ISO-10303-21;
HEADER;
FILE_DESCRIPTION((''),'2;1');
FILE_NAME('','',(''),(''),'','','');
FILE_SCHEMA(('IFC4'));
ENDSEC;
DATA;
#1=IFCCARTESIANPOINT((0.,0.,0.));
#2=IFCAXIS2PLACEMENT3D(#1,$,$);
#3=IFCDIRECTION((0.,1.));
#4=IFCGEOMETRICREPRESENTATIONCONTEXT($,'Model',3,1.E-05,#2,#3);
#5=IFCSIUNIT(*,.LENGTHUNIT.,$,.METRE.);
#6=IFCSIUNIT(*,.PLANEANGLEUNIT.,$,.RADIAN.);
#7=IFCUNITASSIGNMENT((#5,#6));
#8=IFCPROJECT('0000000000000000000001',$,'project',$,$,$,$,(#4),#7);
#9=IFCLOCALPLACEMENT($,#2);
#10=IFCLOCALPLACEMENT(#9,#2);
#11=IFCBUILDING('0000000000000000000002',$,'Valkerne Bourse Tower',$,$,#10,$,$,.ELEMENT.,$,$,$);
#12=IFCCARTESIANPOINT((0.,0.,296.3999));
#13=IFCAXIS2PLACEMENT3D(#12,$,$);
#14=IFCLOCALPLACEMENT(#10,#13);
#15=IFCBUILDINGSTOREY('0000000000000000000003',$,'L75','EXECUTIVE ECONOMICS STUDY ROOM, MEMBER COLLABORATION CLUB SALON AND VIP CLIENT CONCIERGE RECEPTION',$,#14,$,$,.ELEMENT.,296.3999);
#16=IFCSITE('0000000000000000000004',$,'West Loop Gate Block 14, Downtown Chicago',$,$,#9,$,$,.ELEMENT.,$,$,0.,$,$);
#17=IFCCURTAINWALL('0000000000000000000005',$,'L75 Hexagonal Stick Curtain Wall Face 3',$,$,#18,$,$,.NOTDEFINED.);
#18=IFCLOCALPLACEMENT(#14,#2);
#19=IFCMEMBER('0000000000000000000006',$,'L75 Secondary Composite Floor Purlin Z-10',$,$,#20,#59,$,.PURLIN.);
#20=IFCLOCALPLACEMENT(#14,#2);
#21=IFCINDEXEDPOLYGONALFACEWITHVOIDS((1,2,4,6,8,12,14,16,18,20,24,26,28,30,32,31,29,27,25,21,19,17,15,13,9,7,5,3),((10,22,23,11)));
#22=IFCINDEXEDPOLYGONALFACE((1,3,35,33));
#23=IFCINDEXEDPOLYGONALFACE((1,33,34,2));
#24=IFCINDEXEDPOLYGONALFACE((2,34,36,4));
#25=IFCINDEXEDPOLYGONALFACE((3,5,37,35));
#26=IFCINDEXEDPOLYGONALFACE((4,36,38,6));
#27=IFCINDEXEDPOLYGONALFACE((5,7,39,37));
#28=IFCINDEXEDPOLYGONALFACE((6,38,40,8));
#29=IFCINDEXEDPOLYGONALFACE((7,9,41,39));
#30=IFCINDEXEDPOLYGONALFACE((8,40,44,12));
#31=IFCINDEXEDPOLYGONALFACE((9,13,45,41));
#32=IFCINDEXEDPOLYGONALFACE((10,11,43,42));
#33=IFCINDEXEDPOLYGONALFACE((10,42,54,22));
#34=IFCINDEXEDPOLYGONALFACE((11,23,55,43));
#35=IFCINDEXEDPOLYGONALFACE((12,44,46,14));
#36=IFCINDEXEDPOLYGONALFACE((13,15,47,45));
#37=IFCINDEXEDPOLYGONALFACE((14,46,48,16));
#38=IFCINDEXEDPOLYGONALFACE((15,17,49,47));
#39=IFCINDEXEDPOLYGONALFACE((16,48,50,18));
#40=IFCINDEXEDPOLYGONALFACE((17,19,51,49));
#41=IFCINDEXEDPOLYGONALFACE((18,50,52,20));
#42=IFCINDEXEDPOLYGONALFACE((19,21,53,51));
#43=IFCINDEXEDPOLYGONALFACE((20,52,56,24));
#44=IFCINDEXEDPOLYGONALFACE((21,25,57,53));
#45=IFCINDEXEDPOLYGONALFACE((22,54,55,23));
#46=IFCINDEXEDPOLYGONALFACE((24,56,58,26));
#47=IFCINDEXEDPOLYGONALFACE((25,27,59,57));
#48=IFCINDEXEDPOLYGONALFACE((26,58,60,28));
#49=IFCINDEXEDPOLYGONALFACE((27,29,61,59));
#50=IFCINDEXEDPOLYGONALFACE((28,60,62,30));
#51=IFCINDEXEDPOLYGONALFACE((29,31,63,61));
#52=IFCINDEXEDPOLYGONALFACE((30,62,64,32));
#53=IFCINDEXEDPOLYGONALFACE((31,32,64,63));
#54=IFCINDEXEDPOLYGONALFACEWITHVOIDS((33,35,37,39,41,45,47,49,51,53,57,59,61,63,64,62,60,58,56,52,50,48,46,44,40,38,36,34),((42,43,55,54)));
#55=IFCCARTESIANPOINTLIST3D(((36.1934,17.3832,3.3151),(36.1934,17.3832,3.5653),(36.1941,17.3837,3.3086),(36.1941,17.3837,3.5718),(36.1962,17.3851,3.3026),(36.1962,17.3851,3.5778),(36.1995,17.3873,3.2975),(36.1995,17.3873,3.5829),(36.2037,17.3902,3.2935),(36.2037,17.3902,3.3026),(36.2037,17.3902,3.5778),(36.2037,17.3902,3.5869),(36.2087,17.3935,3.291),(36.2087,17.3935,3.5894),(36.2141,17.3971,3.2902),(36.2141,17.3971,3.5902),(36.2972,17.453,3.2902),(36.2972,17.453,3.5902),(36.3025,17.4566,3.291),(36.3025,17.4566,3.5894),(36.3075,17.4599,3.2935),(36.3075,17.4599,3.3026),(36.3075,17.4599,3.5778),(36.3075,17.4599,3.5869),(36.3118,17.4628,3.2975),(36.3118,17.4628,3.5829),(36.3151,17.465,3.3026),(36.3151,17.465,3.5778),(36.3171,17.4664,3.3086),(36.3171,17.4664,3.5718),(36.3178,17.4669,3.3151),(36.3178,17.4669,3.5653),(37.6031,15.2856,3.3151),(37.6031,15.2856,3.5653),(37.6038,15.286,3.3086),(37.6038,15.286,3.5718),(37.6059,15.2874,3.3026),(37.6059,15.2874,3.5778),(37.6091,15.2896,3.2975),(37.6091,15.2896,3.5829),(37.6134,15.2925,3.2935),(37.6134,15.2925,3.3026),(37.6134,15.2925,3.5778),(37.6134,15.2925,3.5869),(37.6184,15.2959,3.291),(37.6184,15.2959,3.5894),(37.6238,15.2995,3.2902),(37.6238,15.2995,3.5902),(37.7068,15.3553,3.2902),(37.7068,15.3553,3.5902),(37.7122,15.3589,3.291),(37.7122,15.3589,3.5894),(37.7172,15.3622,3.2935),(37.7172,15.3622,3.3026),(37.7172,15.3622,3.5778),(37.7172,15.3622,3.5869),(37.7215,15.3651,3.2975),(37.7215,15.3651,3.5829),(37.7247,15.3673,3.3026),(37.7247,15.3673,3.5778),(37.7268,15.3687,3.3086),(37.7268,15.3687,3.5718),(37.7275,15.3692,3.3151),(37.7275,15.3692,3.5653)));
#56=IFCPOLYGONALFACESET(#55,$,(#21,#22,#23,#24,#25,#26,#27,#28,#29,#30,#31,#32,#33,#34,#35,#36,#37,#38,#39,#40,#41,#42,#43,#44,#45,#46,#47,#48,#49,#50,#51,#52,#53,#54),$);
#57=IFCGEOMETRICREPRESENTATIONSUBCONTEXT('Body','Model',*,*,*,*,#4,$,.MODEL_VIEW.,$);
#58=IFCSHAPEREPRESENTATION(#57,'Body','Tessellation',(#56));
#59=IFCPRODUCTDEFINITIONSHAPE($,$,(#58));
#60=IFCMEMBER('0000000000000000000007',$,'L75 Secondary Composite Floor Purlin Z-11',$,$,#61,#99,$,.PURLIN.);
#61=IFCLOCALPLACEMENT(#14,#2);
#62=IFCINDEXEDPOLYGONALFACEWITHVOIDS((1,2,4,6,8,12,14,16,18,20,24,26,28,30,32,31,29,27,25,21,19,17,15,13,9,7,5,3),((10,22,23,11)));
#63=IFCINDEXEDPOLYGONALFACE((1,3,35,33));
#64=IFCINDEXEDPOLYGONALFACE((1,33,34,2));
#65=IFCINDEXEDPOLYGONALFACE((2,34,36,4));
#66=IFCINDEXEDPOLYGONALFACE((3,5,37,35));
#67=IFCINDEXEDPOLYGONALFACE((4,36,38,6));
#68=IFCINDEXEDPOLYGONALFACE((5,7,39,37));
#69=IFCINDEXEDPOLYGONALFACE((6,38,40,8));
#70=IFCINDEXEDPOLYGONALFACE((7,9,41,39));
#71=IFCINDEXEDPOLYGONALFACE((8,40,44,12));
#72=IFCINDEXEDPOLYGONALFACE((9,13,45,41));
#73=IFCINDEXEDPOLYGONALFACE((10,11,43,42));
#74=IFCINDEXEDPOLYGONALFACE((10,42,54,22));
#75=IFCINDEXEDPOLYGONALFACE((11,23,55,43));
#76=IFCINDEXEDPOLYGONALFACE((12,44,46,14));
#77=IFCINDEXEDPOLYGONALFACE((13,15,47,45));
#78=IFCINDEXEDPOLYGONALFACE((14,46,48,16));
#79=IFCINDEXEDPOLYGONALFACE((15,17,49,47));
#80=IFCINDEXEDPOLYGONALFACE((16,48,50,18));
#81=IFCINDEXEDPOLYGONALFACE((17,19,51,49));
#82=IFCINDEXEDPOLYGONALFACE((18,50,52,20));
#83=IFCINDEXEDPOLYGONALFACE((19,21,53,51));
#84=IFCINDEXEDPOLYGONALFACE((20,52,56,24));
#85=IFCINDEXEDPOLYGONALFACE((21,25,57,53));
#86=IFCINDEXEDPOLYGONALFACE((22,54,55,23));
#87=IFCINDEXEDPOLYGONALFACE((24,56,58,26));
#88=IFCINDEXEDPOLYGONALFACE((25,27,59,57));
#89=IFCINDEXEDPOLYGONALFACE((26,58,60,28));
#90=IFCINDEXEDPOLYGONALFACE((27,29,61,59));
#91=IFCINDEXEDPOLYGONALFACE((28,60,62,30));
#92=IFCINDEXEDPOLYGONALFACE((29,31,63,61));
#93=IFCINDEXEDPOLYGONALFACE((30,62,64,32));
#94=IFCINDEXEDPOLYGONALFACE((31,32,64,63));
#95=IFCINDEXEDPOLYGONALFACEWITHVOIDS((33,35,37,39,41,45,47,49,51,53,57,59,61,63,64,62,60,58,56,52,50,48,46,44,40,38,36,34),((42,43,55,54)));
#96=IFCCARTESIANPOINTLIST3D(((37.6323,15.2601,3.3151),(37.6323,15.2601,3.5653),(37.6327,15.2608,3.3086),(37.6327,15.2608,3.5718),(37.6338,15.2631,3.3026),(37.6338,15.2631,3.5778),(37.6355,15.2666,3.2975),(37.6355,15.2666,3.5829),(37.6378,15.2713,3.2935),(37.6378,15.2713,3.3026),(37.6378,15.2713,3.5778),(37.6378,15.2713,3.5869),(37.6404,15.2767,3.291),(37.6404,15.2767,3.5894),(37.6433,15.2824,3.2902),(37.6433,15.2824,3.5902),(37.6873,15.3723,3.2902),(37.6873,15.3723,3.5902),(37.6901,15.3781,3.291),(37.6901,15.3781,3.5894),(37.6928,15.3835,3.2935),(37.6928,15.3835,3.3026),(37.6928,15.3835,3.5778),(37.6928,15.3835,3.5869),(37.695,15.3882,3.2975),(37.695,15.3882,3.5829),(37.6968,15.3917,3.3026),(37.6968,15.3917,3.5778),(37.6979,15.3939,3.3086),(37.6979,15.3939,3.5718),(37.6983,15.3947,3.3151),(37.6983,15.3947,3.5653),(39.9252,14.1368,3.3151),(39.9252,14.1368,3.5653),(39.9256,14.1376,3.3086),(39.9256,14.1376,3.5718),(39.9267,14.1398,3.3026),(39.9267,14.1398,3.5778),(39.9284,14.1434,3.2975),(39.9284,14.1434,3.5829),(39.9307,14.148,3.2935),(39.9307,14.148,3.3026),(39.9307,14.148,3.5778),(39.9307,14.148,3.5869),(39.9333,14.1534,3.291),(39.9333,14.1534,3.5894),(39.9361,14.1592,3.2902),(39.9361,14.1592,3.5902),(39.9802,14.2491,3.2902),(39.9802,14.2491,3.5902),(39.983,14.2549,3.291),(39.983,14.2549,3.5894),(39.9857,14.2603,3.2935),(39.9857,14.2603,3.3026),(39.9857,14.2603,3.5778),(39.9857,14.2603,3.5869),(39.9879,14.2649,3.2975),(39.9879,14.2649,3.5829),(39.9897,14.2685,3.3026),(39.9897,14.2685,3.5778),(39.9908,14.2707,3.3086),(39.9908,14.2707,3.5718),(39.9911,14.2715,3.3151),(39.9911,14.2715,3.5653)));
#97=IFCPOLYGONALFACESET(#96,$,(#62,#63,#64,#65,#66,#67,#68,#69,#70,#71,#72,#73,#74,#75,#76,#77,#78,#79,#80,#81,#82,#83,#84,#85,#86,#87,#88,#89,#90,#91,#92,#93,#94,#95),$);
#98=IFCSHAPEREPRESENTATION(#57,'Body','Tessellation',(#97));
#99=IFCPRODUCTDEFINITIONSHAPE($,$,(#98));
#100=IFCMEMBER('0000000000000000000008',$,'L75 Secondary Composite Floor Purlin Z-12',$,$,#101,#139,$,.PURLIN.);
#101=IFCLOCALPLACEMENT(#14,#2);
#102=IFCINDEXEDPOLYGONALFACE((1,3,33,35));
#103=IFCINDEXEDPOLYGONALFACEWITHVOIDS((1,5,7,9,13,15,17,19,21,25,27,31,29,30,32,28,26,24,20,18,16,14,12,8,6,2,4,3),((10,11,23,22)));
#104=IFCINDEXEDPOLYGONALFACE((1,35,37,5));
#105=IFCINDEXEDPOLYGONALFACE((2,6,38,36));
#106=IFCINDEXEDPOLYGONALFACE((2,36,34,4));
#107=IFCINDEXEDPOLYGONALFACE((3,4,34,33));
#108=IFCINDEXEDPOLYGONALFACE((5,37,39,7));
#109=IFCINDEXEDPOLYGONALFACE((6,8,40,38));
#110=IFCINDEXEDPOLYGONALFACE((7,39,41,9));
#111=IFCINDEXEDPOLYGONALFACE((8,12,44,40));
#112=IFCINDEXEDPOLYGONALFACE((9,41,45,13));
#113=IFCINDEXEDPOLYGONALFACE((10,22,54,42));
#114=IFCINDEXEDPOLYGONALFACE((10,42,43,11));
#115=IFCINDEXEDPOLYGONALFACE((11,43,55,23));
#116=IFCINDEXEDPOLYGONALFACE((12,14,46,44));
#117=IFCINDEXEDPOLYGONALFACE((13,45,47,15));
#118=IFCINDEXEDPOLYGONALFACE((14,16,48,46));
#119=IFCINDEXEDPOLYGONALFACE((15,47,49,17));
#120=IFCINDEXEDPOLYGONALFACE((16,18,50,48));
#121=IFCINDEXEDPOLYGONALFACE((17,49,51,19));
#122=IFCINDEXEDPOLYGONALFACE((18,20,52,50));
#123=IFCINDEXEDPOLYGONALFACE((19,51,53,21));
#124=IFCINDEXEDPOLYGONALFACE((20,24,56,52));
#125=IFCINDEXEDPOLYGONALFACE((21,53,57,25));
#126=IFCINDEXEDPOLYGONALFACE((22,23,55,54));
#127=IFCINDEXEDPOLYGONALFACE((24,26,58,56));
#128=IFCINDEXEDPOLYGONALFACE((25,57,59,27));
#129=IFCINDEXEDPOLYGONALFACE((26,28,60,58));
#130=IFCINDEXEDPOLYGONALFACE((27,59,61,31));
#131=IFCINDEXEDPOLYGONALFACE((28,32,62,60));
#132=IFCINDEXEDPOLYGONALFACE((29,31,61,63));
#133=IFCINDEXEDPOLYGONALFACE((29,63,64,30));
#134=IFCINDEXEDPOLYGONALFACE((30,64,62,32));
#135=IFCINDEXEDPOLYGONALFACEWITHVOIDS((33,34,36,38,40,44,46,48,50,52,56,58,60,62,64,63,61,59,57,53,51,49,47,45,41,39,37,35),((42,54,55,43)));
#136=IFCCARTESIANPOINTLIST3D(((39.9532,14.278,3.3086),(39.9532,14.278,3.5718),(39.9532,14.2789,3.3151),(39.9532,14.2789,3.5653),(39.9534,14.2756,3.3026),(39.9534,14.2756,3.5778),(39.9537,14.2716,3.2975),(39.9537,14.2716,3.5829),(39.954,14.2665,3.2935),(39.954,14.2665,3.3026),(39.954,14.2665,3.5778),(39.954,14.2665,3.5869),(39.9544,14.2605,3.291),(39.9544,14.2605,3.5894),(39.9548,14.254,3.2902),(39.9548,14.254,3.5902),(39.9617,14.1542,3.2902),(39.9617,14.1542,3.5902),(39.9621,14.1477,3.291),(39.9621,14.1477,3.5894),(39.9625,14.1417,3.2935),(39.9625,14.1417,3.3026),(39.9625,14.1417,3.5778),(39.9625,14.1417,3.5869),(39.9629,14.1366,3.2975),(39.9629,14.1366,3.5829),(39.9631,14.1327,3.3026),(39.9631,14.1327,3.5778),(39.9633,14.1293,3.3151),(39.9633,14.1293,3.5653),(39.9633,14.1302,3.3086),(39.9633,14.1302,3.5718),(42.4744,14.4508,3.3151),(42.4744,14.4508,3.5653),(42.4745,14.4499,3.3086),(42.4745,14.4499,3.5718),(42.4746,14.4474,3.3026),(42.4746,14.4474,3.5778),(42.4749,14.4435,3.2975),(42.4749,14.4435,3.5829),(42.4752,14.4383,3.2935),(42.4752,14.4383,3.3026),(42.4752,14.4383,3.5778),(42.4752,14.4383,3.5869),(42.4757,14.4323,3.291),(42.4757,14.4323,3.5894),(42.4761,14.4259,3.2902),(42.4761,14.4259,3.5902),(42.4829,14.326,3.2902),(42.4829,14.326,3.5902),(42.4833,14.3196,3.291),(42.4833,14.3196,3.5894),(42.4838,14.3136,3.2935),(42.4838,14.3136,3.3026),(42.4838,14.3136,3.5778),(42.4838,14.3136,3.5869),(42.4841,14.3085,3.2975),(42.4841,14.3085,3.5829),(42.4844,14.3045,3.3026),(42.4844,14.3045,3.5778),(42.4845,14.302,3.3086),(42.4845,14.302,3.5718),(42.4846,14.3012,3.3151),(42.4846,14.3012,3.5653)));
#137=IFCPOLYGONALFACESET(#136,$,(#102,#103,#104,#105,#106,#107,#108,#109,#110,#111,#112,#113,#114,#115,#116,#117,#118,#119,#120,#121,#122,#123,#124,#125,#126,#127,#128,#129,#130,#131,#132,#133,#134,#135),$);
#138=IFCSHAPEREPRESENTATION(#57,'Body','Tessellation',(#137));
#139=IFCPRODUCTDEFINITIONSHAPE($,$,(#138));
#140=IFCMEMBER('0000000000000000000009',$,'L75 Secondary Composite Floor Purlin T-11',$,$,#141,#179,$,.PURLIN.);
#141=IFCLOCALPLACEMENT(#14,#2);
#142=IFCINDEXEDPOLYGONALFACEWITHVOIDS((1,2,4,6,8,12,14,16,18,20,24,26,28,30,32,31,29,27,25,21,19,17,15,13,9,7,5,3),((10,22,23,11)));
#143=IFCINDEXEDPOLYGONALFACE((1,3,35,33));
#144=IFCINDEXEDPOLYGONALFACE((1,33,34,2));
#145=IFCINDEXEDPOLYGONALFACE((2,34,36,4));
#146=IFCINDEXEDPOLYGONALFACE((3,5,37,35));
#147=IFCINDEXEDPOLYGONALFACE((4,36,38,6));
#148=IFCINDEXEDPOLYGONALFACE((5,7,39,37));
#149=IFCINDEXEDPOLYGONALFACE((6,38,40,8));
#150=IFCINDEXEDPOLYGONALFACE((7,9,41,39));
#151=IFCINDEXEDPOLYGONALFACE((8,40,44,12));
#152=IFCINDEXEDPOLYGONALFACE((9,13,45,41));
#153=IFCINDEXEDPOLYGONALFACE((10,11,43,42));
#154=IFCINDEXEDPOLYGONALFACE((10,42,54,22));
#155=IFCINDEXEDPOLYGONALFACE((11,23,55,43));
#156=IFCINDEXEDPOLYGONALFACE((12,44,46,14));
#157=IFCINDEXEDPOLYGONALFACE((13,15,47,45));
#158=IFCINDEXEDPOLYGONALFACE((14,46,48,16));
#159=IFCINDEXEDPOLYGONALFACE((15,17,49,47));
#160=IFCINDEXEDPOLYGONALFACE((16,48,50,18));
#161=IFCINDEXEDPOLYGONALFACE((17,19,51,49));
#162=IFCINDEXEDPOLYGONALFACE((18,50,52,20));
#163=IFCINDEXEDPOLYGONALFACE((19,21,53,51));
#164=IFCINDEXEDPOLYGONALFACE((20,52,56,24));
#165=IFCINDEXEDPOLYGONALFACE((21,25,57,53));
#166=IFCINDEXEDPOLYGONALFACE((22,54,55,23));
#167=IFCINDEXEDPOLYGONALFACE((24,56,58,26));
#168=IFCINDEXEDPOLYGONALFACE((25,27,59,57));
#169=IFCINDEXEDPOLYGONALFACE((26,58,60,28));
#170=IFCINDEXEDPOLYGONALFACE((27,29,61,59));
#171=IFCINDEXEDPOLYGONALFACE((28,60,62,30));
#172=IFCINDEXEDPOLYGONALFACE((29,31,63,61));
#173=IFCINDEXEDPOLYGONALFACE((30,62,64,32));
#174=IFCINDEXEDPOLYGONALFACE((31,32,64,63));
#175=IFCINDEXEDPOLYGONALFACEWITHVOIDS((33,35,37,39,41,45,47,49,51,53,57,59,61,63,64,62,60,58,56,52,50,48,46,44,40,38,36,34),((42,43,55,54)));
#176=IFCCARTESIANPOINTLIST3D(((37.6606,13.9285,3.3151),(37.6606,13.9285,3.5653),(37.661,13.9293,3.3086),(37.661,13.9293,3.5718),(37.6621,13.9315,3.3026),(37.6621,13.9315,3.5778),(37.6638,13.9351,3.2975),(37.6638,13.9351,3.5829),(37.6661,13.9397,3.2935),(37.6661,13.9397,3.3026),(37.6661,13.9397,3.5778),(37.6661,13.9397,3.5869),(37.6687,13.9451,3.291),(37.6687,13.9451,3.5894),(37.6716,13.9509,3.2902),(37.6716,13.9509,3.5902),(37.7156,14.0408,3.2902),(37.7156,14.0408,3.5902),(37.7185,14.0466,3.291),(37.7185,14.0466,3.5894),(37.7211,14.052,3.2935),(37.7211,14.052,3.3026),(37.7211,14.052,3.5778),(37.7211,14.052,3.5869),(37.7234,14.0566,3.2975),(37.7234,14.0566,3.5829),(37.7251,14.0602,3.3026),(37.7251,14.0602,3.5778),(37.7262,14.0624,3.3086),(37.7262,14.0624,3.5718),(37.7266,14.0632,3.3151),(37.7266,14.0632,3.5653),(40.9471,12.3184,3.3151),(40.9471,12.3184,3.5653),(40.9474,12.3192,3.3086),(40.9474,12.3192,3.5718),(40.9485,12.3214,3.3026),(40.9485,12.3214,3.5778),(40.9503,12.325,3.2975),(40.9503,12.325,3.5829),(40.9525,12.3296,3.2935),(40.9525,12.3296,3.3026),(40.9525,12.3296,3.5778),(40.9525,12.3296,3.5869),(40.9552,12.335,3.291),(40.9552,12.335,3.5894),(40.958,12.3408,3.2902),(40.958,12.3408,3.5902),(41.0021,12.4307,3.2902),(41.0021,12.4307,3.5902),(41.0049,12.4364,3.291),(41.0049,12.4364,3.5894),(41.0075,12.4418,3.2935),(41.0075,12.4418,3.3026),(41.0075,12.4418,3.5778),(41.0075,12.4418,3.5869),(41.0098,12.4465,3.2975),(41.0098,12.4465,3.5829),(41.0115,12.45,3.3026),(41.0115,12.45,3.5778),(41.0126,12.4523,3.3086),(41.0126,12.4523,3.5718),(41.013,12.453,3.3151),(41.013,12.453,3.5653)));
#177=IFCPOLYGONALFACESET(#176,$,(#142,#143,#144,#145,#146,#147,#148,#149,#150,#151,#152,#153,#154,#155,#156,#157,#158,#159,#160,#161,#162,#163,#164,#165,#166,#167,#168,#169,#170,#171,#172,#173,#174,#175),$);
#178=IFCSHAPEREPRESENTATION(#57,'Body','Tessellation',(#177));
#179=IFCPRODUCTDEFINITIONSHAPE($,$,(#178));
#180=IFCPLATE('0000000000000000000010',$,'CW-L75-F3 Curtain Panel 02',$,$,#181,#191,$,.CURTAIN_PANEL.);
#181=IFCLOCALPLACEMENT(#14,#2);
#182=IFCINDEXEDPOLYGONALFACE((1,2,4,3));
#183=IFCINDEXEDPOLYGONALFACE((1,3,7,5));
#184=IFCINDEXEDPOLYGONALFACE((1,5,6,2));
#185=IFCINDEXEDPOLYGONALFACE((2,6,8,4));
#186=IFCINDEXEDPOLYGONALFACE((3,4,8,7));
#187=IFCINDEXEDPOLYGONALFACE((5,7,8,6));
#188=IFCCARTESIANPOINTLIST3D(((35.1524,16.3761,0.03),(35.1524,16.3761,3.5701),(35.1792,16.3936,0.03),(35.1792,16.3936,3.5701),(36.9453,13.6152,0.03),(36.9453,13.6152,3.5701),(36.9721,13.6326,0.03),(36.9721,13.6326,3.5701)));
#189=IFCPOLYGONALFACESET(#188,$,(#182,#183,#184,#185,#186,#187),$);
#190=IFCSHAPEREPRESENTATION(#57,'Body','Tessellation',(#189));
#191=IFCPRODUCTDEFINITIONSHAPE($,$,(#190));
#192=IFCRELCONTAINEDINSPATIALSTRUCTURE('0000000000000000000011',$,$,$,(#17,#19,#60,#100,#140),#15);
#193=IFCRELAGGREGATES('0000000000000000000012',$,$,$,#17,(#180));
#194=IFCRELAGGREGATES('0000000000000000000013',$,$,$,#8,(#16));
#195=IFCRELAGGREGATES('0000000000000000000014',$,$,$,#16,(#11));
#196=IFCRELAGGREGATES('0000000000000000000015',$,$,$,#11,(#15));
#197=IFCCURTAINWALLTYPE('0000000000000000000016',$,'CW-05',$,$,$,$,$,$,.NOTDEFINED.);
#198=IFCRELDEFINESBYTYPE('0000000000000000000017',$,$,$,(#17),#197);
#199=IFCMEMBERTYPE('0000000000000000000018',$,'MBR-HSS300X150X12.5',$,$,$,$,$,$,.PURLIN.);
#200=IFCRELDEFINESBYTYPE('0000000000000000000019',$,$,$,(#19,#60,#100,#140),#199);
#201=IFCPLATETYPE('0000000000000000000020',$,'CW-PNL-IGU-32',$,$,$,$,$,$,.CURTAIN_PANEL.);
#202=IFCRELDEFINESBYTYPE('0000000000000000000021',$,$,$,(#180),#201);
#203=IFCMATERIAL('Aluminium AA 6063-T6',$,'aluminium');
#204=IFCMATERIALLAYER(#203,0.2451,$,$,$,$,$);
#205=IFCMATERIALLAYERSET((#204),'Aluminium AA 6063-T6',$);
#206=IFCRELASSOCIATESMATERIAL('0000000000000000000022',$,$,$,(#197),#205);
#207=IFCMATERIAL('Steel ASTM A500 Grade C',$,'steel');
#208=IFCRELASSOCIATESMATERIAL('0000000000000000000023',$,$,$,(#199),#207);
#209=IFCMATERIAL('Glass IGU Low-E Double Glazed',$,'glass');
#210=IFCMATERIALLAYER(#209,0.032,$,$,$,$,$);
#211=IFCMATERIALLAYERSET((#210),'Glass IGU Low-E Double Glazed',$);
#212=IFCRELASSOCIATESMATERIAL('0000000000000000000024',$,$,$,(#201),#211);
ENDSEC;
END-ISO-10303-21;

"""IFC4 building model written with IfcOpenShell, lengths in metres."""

from ifc_helpers import new_model, si_unit, direction, frame, origin, origin_2d, place, context, subcontext, project, spatial, rectangle, hollow_rectangle, extrude, material, layer, layer_set, material_profile, profile_set, type_object, element, aggregate, save


model = new_model("IFC4")

# Units and contexts
model_context = context("Model", 3, precision=1e-05, world=origin(), true_north=direction((0.0, 1.0)))
body_context = subcontext(model_context, "Body", "Model", "MODEL_VIEW")
ifc_project = project(units=[si_unit("LENGTHUNIT", "METRE"), si_unit("PLANEANGLEUNIT", "RADIAN")], contexts=[model_context])

# Site, building, storey
site_placement = place(None, origin())
site = spatial("IfcSite", under=ifc_project, at=site_placement, Name="West Loop Gate Block 14, Downtown Chicago", CompositionType="ELEMENT", RefElevation=0.0)
building_placement = place(site_placement, origin())
building = spatial("IfcBuilding", under=site, at=building_placement, Name="Valkerne Bourse Tower", CompositionType="ELEMENT")
storey_placement = place(building_placement, frame((0.0, 0.0, 296.3999)))
storey = spatial("IfcBuildingStorey", under=building, at=storey_placement, Name="L75", Description="EXECUTIVE ECONOMICS STUDY ROOM, MEMBER COLLABORATION CLUB SALON AND VIP CLIENT CONCIERGE RECEPTION", CompositionType="ELEMENT", Elevation=296.3999)

# Curtain wall
ifc_material_1 = material(Name="Aluminium AA 6063-T6", Category="aluminium")
ifc_layer_1 = layer(ifc_material_1, 0.2451)
ifc_layer_set_1 = layer_set([ifc_layer_1], Name="Aluminium AA 6063-T6")
curtain_wall_type = type_object("IfcCurtainWallType", Name="CW-05", PredefinedType="NOTDEFINED", material=ifc_layer_set_1)
curtain_wall_placement = place(storey_placement, origin())
curtain_wall = element("IfcCurtainWall", 1, at=curtain_wall_placement, inside=storey, type_object=curtain_wall_type, Name="L75 Hexagonal Stick Curtain Wall Face 3", PredefinedType="NOTDEFINED")

# Members
ifc_material_2 = material(Name="Steel ASTM A500 Grade C", Category="steel")
ifc_material_profile_1 = material_profile(ifc_material_2, hollow_rectangle(XDim=0.1499, YDim=0.3, WallThickness=0.0125, OuterFilletRadius=0.0249, at=origin_2d()), Name="HSS300X150X12.5")
ifc_profile_set_1 = profile_set([ifc_material_profile_1], Name="Steel ASTM A500 Grade C")
member_type_1 = type_object("IfcMemberType", Name="MBR-HSS300X150X12.5", PredefinedType="PURLIN", material=ifc_profile_set_1)
member_1_placement = place(storey_placement, frame((36.2556, 17.425, 3.4402), z_axis=(0.557773, -0.829994, 0.0), x_axis=(0.829994, 0.557773, 0.0)))
element("IfcMember", 2, at=member_1_placement, inside=storey, type_object=member_type_1, Name="L75 Secondary Composite Floor Purlin Z-10", PredefinedType="PURLIN", context=body_context, shape_type="SweptSolid", body=[
    extrude(hollow_rectangle(XDim=0.1499, YDim=0.3, WallThickness=0.0125, OuterFilletRadius=0.0249, at=origin_2d()), origin(), (0.0, 0.0, 1.0), 2.5273),
])
member_2_placement = place(storey_placement, frame((37.6653, 15.3274, 3.4402), z_axis=(0.898031, -0.439932, 0.0), x_axis=(0.439932, 0.898031, 0.0)))
element("IfcMember", 3, at=member_2_placement, inside=storey, type_object=member_type_1, Name="L75 Secondary Composite Floor Purlin Z-11", PredefinedType="PURLIN", context=body_context, shape_type="SweptSolid", body=[
    extrude(hollow_rectangle(XDim=0.1499, YDim=0.3, WallThickness=0.0125, OuterFilletRadius=0.0249, at=origin_2d()), origin(), (0.0, 0.0, 1.0), 2.5532),
])
member_3_placement = place(storey_placement, frame((39.9583, 14.2041, 3.4402), z_axis=(0.997684, 0.068013, 0.0), x_axis=(-0.068013, 0.997684, 0.0)))
element("IfcMember", 4, at=member_3_placement, inside=storey, type_object=member_type_1, Name="L75 Secondary Composite Floor Purlin Z-12", PredefinedType="PURLIN", context=body_context, shape_type="SweptSolid", body=[
    extrude(hollow_rectangle(XDim=0.1499, YDim=0.3, WallThickness=0.0125, OuterFilletRadius=0.0249, at=origin_2d()), origin(), (0.0, 0.0, 1.0), 2.5271),
])
member_4_placement = place(storey_placement, frame((37.6936, 13.9958, 3.4402), z_axis=(0.898014, -0.439967, 0.0), x_axis=(0.439967, 0.898014, 0.0)))
element("IfcMember", 5, at=member_4_placement, inside=storey, type_object=member_type_1, Name="L75 Secondary Composite Floor Purlin T-11", PredefinedType="PURLIN", context=body_context, shape_type="SweptSolid", body=[
    extrude(hollow_rectangle(XDim=0.1499, YDim=0.3, WallThickness=0.0125, OuterFilletRadius=0.0249, at=origin_2d()), origin(), (0.0, 0.0, 1.0), 3.6597),
])

# Plate
ifc_material_3 = material(Name="Glass IGU Low-E Double Glazed", Category="glass")
ifc_layer_2 = layer(ifc_material_3, 0.032)
ifc_layer_set_2 = layer_set([ifc_layer_2], Name="Glass IGU Low-E Double Glazed")
plate_type = type_object("IfcPlateType", Name="CW-PNL-IGU-32", PredefinedType="CURTAIN_PANEL", material=ifc_layer_set_2)
plate_placement = place(storey_placement, frame((36.0623, 15.0044, 0.03), z_axis=(0.0, 0.0, 1.0), x_axis=(0.544634, -0.838674, 0.0)))
plate = element("IfcPlate", 6, at=plate_placement, type_object=plate_type, Name="CW-L75-F3 Curtain Panel 02", PredefinedType="CURTAIN_PANEL", context=body_context, shape_type="SweptSolid", body=[
    extrude(rectangle(XDim=3.292, YDim=0.032, at=origin_2d()), origin(), (0.0, 0.0, 1.0), 3.54),
])
aggregate(curtain_wall, [plate])

save(model, "model.ifc")
